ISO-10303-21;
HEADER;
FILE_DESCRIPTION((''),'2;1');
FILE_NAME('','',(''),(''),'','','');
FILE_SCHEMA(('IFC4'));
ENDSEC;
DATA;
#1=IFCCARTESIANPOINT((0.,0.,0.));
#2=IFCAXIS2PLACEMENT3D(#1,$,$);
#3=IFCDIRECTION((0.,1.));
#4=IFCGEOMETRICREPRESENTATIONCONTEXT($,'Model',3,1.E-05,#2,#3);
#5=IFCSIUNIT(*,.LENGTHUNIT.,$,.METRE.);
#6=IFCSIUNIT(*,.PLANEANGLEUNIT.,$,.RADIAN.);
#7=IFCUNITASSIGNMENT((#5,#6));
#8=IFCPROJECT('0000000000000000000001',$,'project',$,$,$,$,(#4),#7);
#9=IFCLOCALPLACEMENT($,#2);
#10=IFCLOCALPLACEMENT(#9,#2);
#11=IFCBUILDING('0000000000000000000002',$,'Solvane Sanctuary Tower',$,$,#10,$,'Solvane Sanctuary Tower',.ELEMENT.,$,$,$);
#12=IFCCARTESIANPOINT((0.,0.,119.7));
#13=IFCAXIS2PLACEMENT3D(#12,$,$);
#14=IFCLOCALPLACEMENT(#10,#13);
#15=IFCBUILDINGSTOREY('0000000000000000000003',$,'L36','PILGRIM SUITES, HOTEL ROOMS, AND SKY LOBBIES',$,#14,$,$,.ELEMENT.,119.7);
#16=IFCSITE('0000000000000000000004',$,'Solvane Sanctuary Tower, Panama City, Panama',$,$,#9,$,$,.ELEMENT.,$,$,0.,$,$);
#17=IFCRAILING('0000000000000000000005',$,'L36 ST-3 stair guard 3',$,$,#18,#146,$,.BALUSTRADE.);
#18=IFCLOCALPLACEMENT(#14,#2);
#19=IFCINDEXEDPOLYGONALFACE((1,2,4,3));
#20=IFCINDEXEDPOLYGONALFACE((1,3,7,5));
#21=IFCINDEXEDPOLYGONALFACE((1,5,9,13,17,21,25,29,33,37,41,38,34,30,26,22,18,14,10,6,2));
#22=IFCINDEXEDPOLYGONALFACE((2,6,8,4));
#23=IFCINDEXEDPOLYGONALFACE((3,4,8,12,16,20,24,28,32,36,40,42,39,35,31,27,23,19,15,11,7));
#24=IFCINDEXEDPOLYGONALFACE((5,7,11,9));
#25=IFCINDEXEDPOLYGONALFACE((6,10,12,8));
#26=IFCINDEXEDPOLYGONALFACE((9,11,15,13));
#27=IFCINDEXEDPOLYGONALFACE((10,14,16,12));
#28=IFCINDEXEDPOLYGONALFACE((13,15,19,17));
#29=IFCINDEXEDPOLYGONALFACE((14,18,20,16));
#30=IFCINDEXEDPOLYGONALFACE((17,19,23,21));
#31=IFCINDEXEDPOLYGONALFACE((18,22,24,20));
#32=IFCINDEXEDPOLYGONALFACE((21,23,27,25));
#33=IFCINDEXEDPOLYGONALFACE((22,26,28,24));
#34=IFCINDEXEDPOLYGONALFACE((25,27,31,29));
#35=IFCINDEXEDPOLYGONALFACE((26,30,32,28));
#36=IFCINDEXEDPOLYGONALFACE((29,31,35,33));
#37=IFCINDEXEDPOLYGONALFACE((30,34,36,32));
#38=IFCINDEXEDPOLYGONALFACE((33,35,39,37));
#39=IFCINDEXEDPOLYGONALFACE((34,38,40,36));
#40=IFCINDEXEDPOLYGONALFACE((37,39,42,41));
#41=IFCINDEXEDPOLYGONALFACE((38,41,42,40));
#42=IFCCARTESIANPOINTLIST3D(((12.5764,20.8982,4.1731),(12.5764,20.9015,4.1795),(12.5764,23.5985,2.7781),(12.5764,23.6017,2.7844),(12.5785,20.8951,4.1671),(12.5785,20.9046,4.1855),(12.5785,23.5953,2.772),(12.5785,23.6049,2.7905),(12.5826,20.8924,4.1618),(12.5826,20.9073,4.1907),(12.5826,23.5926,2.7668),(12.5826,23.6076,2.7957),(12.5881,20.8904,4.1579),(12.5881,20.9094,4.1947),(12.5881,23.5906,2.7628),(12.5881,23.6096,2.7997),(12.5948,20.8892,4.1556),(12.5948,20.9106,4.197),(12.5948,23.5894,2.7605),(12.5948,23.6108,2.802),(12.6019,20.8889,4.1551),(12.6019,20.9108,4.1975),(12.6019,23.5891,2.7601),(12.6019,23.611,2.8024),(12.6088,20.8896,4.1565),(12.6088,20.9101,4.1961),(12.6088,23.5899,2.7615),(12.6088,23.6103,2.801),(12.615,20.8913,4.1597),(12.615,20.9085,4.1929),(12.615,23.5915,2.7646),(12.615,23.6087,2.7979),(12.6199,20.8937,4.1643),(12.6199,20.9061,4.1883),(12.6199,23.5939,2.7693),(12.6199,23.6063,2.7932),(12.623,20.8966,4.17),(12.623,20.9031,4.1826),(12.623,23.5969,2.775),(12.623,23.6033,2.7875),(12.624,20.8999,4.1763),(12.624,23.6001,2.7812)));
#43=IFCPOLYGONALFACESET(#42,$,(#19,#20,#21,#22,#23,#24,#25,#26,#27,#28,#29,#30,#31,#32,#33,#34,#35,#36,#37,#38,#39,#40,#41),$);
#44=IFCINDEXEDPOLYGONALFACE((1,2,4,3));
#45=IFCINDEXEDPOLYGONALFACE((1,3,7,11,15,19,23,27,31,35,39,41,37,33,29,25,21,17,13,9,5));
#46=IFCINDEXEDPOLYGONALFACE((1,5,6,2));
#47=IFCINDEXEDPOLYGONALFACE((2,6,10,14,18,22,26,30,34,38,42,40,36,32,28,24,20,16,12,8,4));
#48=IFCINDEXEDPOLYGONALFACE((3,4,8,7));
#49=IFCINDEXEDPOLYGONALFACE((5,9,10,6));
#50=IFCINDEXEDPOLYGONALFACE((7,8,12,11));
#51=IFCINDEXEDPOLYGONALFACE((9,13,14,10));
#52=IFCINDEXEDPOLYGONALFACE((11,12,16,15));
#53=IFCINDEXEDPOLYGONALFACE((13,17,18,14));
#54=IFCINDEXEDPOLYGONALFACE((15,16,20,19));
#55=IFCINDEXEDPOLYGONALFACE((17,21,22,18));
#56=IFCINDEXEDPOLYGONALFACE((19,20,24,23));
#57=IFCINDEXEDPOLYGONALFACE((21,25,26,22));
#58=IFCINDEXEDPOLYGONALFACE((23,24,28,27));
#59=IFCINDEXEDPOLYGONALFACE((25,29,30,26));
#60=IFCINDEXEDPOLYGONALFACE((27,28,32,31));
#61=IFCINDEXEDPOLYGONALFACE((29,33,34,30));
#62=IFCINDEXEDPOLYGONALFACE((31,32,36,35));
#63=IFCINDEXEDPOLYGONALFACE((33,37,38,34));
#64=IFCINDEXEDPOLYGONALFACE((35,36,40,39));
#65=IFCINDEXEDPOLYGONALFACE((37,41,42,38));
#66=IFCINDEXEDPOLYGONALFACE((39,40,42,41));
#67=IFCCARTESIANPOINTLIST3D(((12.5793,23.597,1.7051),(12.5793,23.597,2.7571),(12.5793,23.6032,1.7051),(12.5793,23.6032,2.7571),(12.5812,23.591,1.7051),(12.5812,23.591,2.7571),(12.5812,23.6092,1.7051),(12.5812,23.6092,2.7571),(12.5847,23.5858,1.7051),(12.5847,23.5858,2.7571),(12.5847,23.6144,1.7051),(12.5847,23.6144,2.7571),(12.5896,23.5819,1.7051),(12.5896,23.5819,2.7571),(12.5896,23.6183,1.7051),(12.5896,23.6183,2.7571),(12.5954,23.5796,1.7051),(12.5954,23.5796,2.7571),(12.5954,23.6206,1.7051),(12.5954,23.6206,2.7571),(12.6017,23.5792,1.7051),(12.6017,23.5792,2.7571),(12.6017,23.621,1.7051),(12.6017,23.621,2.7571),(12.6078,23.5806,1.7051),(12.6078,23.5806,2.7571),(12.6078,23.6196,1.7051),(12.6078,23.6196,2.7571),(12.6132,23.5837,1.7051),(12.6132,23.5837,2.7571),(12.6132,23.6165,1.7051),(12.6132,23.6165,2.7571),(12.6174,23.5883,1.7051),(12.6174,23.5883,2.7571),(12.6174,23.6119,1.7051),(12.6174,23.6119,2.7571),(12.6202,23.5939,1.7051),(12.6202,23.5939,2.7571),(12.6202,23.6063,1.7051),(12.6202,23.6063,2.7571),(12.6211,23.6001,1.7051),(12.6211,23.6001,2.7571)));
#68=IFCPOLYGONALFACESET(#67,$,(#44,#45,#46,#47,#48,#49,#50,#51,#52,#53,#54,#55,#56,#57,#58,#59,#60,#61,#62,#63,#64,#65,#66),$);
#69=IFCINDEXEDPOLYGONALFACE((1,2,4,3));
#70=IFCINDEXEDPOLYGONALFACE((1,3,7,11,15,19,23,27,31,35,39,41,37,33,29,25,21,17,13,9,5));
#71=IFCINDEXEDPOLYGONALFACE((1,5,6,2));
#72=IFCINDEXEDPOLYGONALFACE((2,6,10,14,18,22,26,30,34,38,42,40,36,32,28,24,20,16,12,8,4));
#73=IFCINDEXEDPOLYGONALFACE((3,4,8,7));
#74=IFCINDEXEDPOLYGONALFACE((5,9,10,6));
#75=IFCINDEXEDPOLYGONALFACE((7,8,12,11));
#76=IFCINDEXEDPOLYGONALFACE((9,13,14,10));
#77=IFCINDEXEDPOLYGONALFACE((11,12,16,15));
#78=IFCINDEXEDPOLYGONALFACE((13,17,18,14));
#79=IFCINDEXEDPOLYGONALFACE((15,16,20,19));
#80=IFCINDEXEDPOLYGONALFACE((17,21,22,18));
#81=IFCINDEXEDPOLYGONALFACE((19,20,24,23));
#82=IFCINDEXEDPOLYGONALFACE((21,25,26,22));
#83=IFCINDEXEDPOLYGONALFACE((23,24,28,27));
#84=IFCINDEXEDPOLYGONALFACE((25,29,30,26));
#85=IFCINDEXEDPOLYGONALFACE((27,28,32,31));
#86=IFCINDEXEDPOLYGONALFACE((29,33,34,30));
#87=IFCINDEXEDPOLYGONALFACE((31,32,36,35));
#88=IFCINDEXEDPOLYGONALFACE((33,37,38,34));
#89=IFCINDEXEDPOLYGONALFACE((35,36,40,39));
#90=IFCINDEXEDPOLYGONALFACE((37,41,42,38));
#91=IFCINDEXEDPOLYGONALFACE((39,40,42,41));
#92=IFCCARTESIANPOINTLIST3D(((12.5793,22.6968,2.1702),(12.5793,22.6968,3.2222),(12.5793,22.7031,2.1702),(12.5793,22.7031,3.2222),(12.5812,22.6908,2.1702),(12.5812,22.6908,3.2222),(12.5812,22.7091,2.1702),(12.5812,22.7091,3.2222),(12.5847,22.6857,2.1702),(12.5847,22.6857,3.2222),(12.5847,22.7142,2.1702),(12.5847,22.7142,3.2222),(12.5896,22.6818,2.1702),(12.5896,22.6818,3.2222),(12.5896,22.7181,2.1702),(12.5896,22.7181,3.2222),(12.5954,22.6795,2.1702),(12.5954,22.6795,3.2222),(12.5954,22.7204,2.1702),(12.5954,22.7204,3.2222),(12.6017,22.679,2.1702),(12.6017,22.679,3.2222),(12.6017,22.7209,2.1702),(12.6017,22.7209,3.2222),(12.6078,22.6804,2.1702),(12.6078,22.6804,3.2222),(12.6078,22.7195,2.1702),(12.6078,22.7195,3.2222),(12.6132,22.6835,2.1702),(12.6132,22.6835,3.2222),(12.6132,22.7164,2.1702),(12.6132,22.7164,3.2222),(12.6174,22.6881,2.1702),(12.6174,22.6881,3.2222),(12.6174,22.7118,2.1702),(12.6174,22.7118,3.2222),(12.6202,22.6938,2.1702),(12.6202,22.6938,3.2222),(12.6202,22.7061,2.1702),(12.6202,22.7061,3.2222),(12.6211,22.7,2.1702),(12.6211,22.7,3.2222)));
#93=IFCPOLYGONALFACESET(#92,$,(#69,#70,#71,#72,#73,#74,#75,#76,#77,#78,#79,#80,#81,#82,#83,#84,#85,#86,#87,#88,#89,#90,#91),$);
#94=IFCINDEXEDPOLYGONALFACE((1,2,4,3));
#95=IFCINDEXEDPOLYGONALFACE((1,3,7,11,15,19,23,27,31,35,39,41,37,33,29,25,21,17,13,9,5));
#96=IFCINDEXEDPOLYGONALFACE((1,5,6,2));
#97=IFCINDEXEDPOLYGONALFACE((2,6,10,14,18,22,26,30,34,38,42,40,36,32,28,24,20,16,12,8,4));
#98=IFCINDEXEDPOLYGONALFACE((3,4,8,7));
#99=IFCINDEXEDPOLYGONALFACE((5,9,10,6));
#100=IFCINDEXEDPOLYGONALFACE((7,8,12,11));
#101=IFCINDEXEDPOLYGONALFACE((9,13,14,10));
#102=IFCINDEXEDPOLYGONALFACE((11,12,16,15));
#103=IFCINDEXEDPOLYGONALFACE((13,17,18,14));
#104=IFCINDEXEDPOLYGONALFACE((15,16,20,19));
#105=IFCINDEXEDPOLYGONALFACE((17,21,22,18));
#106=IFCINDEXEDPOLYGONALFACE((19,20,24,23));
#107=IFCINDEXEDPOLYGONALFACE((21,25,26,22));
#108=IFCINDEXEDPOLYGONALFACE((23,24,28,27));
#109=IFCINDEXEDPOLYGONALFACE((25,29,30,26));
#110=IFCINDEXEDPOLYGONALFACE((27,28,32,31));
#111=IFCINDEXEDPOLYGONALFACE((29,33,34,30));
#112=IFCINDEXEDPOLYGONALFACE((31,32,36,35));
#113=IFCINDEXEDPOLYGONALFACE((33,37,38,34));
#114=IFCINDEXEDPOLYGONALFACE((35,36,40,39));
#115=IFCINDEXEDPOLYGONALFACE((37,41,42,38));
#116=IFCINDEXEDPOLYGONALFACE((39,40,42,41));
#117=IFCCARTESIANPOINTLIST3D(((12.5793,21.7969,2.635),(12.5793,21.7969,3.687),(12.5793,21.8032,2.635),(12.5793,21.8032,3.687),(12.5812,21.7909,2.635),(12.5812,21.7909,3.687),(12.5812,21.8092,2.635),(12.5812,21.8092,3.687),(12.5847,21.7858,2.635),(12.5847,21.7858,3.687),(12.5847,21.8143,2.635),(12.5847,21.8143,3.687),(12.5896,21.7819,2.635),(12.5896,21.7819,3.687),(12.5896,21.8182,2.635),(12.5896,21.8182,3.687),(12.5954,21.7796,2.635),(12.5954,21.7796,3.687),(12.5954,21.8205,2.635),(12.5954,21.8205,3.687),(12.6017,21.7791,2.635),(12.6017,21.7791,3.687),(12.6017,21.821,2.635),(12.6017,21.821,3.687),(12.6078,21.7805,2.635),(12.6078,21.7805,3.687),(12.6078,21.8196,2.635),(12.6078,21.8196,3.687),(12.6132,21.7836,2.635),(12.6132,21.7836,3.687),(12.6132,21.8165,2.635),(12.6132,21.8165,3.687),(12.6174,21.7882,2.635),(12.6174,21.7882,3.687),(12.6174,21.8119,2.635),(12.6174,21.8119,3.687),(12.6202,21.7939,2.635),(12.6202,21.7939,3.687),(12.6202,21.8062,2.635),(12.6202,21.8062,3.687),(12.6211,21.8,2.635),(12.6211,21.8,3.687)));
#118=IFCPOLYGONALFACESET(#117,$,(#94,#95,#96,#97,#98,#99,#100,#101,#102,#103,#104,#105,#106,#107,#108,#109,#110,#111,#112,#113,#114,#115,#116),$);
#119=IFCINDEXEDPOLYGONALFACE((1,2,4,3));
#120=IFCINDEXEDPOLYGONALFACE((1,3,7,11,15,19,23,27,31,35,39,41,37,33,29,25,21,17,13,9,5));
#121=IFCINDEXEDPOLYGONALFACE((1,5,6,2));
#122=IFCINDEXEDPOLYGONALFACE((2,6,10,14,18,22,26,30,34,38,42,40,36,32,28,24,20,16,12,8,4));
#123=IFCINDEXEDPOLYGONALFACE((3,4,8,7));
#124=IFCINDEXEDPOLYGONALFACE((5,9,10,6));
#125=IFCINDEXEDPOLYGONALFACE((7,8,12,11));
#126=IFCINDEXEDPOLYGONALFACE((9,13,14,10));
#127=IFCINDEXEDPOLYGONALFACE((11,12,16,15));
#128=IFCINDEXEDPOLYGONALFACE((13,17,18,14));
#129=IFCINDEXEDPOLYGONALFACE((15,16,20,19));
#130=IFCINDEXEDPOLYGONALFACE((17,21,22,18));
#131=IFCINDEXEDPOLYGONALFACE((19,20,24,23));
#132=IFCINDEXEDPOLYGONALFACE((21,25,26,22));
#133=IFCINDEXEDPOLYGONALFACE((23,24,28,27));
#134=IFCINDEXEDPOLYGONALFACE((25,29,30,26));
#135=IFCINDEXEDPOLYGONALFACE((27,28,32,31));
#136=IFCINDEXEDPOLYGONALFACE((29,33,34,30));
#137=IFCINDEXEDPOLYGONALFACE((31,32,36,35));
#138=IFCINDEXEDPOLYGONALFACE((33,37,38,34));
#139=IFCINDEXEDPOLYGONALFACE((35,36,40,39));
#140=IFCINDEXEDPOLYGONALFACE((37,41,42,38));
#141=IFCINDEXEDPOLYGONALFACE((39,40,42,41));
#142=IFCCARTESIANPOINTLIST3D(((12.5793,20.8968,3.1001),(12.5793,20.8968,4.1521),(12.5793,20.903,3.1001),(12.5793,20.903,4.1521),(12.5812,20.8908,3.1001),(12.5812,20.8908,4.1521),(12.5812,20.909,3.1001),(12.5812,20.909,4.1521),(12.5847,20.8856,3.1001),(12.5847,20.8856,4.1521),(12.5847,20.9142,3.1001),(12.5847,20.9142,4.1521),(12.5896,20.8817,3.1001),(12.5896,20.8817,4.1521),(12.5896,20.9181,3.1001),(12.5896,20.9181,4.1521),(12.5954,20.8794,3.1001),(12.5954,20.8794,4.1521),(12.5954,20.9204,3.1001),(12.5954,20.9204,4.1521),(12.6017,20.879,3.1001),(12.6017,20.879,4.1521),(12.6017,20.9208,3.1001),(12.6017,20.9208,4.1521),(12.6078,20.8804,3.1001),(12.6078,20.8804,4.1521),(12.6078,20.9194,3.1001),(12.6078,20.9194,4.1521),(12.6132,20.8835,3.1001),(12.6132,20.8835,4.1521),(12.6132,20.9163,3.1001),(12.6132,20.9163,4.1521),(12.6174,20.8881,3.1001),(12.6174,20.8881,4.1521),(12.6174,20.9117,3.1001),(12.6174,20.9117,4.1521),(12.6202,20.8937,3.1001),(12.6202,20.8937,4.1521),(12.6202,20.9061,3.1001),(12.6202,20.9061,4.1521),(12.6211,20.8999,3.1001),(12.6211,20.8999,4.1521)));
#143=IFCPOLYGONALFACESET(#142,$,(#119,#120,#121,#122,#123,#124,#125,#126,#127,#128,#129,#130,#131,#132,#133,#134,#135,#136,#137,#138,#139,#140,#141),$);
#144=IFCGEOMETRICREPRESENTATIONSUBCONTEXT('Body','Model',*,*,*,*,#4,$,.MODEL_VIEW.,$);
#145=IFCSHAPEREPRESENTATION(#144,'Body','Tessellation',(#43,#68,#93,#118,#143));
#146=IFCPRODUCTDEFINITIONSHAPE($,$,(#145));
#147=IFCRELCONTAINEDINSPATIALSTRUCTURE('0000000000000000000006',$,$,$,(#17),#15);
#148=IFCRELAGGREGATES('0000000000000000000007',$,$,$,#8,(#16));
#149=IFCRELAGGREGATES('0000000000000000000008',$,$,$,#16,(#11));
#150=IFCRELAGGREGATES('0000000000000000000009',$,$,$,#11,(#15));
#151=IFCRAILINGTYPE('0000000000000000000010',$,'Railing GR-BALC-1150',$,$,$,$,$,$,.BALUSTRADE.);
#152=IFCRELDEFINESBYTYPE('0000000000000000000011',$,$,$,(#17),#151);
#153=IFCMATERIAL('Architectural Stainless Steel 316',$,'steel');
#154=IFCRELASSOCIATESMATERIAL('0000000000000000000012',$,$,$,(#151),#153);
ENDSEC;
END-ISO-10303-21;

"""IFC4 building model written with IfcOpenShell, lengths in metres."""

from ifc_helpers import new_model, si_unit, direction, frame, origin, origin_2d, place, context, subcontext, project, spatial, circle, extrude, material, type_object, element, save


model = new_model("IFC4")

# Units and contexts
model_context = context("Model", 3, precision=1e-05, world=origin(), true_north=direction((0.0, 1.0)))
body_context = subcontext(model_context, "Body", "Model", "MODEL_VIEW")
ifc_project = project(units=[si_unit("LENGTHUNIT", "METRE"), si_unit("PLANEANGLEUNIT", "RADIAN")], contexts=[model_context])

# Site, building, storey
site_placement = place(None, origin())
site = spatial("IfcSite", under=ifc_project, at=site_placement, Name="Solvane Sanctuary Tower, Panama City, Panama", CompositionType="ELEMENT", RefElevation=0.0)
building_placement = place(site_placement, origin())
building = spatial("IfcBuilding", under=site, at=building_placement, Name="Solvane Sanctuary Tower", LongName="Solvane Sanctuary Tower", CompositionType="ELEMENT")
storey_placement = place(building_placement, frame((0.0, 0.0, 119.7)))
storey = spatial("IfcBuildingStorey", under=building, at=storey_placement, Name="L36", Description="PILGRIM SUITES, HOTEL ROOMS, AND SKY LOBBIES", CompositionType="ELEMENT", Elevation=119.7)

# Shared definitions
ifc_material_1 = material(Name="Architectural Stainless Steel 316", Category="steel")

# Railing
railing_type_1 = type_object("IfcRailingType", Name="Railing GR-BALC-1150", PredefinedType="BALUSTRADE", material=ifc_material_1)
railing_1_placement = place(storey_placement, frame((12.6001, 23.6001, 1.7051)))
element("IfcRailing", 1, at=railing_1_placement, inside=storey, type_object=railing_type_1, Name="L36 ST-3 stair guard 3", PredefinedType="BALUSTRADE", context=body_context, shape_type="SweptSolid", body=[
    extrude(circle(Radius=0.0239, at=origin_2d()), frame((0.0, 0.0, 1.0762), z_axis=(0.0, -0.888437, 0.458999), x_axis=(1.0, 0.0, 0.0)), (0.0, 0.0, 1.0), 3.0393),
    extrude(circle(Radius=0.021, at=origin_2d()), origin(), (0.0, 0.0, 1.0), 1.052),
    extrude(circle(Radius=0.021, at=origin_2d()), frame((0.0, -0.9001, 0.4651)), (0.0, 0.0, 1.0), 1.052),
    extrude(circle(Radius=0.021, at=origin_2d()), frame((0.0, -1.8, 0.9299)), (0.0, 0.0, 1.0), 1.052),
    extrude(circle(Radius=0.021, at=origin_2d()), frame((0.0, -2.7002, 1.395)), (0.0, 0.0, 1.0), 1.052),
])

save(model, "model.ifc")
